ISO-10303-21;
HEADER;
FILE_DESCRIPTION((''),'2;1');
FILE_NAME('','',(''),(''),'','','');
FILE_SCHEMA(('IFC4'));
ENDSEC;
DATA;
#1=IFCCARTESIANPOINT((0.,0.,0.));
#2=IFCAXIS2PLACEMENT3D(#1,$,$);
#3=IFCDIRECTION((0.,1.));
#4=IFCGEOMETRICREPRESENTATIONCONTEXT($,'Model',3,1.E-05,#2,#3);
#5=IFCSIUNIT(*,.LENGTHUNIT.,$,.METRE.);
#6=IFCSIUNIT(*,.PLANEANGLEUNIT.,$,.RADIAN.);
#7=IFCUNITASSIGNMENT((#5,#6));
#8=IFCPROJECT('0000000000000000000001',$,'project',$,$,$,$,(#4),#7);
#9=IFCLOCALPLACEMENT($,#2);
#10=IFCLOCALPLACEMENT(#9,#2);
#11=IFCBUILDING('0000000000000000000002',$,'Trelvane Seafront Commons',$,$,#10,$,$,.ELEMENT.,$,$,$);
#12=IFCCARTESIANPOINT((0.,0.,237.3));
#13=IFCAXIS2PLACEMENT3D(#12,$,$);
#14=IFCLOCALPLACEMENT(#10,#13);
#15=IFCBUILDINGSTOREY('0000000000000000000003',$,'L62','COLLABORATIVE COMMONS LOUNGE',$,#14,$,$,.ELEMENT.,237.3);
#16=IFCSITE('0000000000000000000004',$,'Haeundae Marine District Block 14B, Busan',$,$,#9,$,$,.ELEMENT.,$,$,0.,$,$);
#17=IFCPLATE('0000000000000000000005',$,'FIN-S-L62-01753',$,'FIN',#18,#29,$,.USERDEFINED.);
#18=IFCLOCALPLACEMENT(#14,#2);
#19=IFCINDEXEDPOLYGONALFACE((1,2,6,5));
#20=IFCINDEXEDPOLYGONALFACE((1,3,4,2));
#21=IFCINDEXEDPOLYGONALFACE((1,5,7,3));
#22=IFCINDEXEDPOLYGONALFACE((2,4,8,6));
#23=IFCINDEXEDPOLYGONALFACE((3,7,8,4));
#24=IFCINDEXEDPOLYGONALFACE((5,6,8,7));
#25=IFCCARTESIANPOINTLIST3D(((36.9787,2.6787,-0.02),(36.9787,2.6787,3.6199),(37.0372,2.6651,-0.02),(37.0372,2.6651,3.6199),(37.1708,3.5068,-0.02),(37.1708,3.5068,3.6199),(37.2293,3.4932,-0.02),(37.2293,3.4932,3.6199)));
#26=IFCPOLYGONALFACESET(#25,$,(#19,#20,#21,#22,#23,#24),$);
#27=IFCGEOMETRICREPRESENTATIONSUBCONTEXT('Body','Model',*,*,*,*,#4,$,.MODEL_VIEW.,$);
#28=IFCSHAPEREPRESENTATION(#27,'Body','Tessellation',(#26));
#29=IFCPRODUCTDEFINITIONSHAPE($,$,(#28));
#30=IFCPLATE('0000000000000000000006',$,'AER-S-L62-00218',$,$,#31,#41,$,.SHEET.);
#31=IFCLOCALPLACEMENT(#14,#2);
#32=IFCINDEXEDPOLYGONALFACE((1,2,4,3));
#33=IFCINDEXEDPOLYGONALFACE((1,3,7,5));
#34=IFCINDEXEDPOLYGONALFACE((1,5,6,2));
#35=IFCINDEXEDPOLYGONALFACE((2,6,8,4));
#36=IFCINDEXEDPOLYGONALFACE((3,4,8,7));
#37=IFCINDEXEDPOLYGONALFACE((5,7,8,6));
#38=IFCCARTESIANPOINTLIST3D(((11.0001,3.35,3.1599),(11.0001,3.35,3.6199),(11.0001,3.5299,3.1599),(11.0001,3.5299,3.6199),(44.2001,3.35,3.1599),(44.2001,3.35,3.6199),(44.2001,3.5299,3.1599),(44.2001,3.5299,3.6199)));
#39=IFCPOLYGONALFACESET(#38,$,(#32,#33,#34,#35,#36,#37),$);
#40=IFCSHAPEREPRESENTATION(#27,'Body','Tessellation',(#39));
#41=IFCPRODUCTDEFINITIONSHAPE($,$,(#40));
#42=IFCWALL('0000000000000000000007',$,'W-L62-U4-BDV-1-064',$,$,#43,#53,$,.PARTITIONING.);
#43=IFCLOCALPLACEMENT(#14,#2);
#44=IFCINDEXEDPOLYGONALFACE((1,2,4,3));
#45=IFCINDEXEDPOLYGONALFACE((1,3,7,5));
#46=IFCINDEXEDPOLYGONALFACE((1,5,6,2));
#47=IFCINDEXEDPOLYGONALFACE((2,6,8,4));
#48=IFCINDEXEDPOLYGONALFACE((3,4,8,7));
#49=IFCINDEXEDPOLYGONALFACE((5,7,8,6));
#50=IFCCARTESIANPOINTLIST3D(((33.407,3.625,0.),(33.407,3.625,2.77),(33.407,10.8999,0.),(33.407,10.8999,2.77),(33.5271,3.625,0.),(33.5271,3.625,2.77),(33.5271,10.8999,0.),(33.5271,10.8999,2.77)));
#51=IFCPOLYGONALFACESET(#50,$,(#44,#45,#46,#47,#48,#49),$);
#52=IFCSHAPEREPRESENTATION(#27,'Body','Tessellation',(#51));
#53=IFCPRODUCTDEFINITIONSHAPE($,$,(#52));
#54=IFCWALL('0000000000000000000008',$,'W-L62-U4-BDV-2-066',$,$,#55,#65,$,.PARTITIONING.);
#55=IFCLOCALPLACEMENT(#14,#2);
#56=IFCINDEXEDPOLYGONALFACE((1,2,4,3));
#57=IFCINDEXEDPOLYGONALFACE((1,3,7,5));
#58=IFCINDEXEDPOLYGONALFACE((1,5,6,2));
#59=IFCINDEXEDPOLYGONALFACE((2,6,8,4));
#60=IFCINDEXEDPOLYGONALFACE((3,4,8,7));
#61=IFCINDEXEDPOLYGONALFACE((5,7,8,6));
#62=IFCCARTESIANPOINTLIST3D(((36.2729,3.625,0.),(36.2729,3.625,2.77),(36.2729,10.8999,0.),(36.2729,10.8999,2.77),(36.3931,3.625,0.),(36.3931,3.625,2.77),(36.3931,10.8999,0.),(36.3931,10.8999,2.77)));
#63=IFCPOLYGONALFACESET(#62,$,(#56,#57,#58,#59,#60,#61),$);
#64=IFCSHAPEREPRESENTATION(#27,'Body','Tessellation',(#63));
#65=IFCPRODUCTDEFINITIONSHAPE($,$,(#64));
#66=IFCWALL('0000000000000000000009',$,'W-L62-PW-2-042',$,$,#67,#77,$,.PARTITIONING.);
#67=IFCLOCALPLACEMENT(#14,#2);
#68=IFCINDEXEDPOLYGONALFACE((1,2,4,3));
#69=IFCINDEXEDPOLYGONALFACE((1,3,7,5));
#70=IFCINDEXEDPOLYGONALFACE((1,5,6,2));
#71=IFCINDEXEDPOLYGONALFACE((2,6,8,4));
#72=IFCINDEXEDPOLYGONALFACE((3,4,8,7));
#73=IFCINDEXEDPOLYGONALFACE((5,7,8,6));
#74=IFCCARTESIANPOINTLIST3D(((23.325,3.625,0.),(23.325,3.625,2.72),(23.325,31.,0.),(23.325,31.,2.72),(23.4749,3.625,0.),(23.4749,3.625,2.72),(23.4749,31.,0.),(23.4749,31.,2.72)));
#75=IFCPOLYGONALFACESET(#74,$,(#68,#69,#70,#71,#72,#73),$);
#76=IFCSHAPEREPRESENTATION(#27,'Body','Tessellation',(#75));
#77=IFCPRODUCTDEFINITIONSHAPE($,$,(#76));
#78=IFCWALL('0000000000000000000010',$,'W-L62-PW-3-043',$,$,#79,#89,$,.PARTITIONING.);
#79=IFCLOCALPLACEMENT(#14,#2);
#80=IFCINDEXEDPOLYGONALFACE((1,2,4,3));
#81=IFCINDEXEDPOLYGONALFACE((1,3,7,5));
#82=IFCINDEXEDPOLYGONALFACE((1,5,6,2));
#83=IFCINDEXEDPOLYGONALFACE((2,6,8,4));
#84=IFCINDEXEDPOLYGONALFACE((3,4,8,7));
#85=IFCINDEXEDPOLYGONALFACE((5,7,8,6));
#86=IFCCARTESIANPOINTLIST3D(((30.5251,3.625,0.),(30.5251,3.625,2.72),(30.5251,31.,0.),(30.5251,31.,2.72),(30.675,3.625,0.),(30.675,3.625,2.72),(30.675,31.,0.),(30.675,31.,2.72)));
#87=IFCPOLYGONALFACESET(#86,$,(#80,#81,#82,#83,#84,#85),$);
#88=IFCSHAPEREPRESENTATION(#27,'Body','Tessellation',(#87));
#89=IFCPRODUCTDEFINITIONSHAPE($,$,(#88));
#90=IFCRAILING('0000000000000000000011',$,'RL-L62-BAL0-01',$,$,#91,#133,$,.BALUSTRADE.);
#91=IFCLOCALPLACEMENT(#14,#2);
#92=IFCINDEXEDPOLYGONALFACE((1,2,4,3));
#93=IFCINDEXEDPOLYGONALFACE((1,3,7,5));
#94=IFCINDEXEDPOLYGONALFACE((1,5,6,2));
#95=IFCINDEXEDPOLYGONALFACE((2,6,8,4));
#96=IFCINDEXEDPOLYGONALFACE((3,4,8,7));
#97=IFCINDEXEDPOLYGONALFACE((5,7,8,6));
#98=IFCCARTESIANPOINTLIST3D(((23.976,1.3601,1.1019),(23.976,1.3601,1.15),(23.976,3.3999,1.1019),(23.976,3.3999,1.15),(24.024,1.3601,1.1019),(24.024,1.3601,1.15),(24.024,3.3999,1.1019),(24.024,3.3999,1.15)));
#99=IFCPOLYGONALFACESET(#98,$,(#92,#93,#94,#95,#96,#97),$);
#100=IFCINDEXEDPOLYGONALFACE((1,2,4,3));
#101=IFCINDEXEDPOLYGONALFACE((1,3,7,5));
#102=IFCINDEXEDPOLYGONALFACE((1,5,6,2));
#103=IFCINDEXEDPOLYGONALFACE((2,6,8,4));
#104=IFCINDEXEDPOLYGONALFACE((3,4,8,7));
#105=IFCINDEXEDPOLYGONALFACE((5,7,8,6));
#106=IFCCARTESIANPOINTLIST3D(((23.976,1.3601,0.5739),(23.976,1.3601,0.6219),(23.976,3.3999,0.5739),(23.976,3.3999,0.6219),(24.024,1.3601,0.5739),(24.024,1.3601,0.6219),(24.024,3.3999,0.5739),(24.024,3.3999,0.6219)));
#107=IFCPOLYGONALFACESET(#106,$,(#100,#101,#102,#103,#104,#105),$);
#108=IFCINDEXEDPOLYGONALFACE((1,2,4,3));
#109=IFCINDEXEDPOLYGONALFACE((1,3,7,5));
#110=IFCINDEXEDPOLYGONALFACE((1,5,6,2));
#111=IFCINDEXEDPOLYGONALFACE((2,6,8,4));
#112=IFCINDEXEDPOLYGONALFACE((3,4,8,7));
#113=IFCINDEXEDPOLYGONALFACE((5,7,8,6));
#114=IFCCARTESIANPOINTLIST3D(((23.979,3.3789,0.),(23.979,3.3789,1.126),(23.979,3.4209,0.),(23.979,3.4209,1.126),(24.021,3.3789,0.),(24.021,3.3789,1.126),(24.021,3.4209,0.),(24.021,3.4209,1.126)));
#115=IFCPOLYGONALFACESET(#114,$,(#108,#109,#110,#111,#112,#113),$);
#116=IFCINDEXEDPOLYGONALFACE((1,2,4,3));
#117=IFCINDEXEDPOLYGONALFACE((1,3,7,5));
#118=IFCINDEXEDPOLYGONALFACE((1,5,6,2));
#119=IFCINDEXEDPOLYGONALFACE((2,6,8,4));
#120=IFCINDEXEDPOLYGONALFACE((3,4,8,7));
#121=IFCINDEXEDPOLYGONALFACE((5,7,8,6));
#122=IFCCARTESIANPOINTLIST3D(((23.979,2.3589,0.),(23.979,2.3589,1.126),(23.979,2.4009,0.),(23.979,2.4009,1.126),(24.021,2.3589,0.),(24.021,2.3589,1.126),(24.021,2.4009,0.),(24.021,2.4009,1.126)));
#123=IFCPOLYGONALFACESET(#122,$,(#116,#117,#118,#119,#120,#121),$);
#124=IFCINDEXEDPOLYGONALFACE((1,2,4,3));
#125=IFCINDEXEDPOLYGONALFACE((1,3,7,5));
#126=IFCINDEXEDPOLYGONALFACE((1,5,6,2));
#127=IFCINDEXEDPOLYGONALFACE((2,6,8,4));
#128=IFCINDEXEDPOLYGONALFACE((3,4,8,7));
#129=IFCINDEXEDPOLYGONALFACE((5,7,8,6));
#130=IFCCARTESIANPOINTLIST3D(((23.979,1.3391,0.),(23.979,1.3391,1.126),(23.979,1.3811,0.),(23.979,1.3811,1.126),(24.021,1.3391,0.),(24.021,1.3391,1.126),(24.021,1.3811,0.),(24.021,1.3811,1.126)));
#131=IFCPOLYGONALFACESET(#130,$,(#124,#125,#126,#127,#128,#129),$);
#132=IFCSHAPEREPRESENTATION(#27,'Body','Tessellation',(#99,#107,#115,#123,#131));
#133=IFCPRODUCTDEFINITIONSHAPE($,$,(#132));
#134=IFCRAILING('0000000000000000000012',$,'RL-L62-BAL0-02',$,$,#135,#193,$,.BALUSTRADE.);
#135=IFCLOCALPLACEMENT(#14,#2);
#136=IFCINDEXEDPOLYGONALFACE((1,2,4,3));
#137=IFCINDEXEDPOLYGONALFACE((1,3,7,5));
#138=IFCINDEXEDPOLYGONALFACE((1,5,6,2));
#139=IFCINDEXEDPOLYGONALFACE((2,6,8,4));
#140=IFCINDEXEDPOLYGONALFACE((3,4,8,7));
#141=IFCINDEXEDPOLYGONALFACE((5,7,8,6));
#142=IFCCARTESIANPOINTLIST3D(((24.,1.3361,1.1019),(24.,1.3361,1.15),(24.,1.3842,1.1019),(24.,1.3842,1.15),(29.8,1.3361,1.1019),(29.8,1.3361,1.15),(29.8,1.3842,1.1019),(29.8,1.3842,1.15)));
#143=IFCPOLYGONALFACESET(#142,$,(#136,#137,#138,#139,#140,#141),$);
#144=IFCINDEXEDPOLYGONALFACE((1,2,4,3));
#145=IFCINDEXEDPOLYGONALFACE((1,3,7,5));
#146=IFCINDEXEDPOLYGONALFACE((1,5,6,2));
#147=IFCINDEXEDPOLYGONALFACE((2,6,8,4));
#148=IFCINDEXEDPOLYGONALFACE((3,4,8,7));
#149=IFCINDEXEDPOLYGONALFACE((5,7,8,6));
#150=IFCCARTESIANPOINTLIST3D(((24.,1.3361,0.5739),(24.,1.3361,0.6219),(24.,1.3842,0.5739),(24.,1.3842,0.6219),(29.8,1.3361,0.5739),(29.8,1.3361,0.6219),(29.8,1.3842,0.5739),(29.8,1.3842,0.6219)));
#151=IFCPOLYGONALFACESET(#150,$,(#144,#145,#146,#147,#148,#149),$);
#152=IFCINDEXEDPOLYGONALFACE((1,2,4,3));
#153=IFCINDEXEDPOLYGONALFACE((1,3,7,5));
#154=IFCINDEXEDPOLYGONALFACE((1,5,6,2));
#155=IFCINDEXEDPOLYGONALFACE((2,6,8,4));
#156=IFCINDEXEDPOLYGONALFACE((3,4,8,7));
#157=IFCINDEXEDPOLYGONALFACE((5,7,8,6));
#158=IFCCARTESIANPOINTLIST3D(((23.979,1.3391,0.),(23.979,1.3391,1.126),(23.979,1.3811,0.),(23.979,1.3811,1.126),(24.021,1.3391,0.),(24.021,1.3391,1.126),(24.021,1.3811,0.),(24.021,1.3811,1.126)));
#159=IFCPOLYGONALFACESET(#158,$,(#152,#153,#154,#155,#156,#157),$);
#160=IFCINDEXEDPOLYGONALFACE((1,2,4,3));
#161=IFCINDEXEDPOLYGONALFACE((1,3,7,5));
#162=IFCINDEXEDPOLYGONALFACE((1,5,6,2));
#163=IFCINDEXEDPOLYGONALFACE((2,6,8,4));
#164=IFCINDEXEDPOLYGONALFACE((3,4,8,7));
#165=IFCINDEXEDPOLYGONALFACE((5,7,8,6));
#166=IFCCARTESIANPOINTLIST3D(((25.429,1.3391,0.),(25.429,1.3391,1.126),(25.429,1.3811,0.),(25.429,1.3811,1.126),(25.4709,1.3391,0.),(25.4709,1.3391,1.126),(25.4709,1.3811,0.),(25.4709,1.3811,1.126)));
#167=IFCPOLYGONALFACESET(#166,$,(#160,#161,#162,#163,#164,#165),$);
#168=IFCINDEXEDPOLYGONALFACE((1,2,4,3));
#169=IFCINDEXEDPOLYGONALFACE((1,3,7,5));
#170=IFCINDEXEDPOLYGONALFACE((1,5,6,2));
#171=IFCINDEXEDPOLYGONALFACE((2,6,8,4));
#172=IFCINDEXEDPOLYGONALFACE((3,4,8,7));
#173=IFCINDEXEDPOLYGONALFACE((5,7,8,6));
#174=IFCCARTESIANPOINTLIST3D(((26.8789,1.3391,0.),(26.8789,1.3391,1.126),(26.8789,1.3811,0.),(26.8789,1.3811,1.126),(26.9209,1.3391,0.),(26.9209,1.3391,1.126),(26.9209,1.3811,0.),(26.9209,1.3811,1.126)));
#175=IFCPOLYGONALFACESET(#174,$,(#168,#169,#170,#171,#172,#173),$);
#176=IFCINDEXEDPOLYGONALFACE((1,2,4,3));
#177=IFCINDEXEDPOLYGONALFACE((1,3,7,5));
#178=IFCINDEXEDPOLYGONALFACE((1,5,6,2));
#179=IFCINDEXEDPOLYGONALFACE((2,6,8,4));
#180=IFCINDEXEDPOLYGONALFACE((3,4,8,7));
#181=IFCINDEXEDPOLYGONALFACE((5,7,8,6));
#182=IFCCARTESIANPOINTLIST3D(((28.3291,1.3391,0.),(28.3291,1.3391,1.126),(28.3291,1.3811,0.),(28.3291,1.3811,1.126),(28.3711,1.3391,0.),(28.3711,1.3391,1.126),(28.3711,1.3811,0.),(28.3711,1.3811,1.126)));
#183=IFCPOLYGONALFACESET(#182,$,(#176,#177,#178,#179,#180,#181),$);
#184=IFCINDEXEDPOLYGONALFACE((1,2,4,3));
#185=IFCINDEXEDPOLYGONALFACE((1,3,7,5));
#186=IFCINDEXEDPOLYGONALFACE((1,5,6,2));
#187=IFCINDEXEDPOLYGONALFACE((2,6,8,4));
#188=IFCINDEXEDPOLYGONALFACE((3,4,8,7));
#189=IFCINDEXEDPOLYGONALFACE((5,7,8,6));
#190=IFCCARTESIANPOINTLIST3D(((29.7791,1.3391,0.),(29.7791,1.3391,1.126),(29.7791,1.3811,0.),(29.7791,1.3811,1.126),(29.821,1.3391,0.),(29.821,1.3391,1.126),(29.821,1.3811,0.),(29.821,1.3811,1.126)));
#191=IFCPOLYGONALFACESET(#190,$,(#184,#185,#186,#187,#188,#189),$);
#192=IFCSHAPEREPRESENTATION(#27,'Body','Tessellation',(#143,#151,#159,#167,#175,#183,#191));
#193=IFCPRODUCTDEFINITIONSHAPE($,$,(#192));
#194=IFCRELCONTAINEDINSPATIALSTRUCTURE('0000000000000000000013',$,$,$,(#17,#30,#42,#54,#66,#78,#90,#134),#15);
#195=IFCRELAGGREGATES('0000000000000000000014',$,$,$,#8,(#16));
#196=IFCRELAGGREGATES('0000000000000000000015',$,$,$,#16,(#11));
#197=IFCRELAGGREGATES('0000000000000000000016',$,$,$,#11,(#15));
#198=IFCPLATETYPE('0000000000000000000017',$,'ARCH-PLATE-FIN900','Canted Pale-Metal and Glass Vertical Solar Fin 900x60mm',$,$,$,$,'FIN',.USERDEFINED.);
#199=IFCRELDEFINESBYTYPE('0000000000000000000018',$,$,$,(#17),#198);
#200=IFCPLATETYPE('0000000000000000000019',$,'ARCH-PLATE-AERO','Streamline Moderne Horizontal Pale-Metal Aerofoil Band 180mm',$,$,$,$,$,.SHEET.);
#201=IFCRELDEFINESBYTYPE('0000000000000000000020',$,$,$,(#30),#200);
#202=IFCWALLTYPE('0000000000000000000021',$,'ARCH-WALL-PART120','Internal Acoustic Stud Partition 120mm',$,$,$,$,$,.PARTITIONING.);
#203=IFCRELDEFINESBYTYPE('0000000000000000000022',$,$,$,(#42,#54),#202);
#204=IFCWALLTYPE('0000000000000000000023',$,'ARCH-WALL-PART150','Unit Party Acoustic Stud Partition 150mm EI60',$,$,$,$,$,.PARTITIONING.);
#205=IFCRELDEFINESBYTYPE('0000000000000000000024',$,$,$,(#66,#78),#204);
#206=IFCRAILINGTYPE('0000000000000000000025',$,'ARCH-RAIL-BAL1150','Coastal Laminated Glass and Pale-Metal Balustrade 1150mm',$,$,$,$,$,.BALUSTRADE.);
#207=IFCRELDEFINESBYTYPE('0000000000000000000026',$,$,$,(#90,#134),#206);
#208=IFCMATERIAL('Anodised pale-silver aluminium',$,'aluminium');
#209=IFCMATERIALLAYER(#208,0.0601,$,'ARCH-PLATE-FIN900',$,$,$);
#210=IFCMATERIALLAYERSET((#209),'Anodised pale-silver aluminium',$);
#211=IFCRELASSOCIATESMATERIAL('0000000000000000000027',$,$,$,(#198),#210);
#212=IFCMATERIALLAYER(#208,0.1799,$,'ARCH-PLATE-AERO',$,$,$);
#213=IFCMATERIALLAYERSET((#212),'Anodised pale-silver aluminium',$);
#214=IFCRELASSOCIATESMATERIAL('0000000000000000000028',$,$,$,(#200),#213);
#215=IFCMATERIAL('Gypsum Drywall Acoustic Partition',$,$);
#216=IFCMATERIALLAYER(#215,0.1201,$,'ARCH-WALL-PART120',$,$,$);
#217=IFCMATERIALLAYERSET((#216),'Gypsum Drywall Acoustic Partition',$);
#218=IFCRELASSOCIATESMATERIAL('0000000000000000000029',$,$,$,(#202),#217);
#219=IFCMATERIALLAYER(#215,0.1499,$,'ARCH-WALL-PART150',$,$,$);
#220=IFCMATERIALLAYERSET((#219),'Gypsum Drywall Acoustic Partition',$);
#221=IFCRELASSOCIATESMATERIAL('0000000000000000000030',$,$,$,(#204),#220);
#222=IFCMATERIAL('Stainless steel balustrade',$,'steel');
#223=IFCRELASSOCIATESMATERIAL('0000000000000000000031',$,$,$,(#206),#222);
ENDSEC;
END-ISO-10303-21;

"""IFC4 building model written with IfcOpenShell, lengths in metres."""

from ifc_helpers import new_model, si_unit, direction, frame, frame_2d, origin, origin_2d, place, context, subcontext, project, spatial, rectangle, extrude, source, transform, mapped, material, layer, layer_set, type_object, element, save


model = new_model("IFC4")

# Units and contexts
model_context = context("Model", 3, precision=1e-05, world=origin(), true_north=direction((0.0, 1.0)))
body_context = subcontext(model_context, "Body", "Model", "MODEL_VIEW")
ifc_project = project(units=[si_unit("LENGTHUNIT", "METRE"), si_unit("PLANEANGLEUNIT", "RADIAN")], contexts=[model_context])

# Site, building, storey
site_placement = place(None, origin())
site = spatial("IfcSite", under=ifc_project, at=site_placement, Name="Haeundae Marine District Block 14B, Busan", CompositionType="ELEMENT", RefElevation=0.0)
building_placement = place(site_placement, origin())
building = spatial("IfcBuilding", under=site, at=building_placement, Name="Trelvane Seafront Commons", CompositionType="ELEMENT")
storey_placement = place(building_placement, frame((0.0, 0.0, 237.3)))
storey = spatial("IfcBuildingStorey", under=building, at=storey_placement, Name="L62", Description="COLLABORATIVE COMMONS LOUNGE", CompositionType="ELEMENT", Elevation=237.3)

# Plates
ifc_material_1 = material(Name="Anodised pale-silver aluminium", Category="aluminium")
ifc_layer_1 = layer(ifc_material_1, 0.0601, Name="ARCH-PLATE-FIN900")
ifc_layer_set_1 = layer_set([ifc_layer_1], Name="Anodised pale-silver aluminium")
plate_type_1 = type_object("IfcPlateType", Name="ARCH-PLATE-FIN900", Description="Canted Pale-Metal and Glass Vertical Solar Fin 900x60mm", ElementType="FIN", PredefinedType="USERDEFINED", material=ifc_layer_set_1)
shared_shape_1 = source(origin(), body_context, "Body", "SweptSolid", [
    extrude(rectangle(XDim=0.8501, YDim=0.0601, at=origin_2d()), origin(), (0.0, 0.0, 1.0), 3.6399),
])
for number, where, z_axis, x_axis, name in (
    (1, (37.104, 3.0859, -0.02), (0.0, 0.0, 1.0), (-0.226002, -0.974127, 0.0), "FIN-S-L62-01753"),
):
    element("IfcPlate", number, at=place(storey_placement, frame(where, z_axis=z_axis, x_axis=x_axis)), inside=storey, type_object=plate_type_1, Name=name, ObjectType="FIN", PredefinedType="USERDEFINED", context=body_context, shape_type="MappedRepresentation", body=[
        mapped(shared_shape_1, transform((0.0, 0.0, 0.0), x_axis=(1.0, 0.0, 0.0), y_axis=(0.0, 1.0, 0.0), z_axis=(0.0, 0.0, 1.0), scale=1.0)),
    ])
ifc_layer_2 = layer(ifc_material_1, 0.1799, Name="ARCH-PLATE-AERO")
ifc_layer_set_2 = layer_set([ifc_layer_2], Name="Anodised pale-silver aluminium")
plate_type_2 = type_object("IfcPlateType", Name="ARCH-PLATE-AERO", Description="Streamline Moderne Horizontal Pale-Metal Aerofoil Band 180mm", PredefinedType="SHEET", material=ifc_layer_set_2)
shared_shape_2 = source(origin(), body_context, "Body", "SweptSolid", [
    extrude(rectangle(XDim=33.2, YDim=0.1799, at=origin_2d()), origin(), (0.0, 0.0, 1.0), 0.46),
])
plate_1_placement = place(storey_placement, frame((27.6001, 3.4399, 3.1599), z_axis=(0.0, 0.0, 1.0), x_axis=(-1.0, 0.0, 0.0)))
element("IfcPlate", 2, at=plate_1_placement, inside=storey, type_object=plate_type_2, Name="AER-S-L62-00218", PredefinedType="SHEET", context=body_context, shape_type="MappedRepresentation", body=[
    mapped(shared_shape_2, transform((0.0, 0.0, 0.0), x_axis=(1.0, 0.0, 0.0), y_axis=(0.0, 1.0, 0.0), z_axis=(0.0, 0.0, 1.0), scale=1.0)),
])

# Shared definitions
ifc_material_2 = material(Name="Gypsum Drywall Acoustic Partition")
ifc_layer_3 = layer(ifc_material_2, 0.1201, Name="ARCH-WALL-PART120")
ifc_layer_set_3 = layer_set([ifc_layer_3], Name="Gypsum Drywall Acoustic Partition")
wall_type_1 = type_object("IfcWallType", Name="ARCH-WALL-PART120", Description="Internal Acoustic Stud Partition 120mm", PredefinedType="PARTITIONING", material=ifc_layer_set_3)

# Wall
wall_1_placement = place(storey_placement, frame((33.467, 3.625, 0.0), z_axis=(0.0, 0.0, 1.0), x_axis=(0.0, 1.0, 0.0)))
element("IfcWall", 3, at=wall_1_placement, inside=storey, type_object=wall_type_1, Name="W-L62-U4-BDV-1-064", PredefinedType="PARTITIONING", context=body_context, shape_type="SweptSolid", body=[
    extrude(rectangle(XDim=7.2749, YDim=0.1201, at=frame_2d((3.6375, 0.0))), origin(), (0.0, 0.0, 1.0), 2.77),
])

# Walls
wall_2_placement = place(storey_placement, frame((36.333, 3.625, 0.0), z_axis=(0.0, 0.0, 1.0), x_axis=(0.0, 1.0, 0.0)))
element("IfcWall", 4, at=wall_2_placement, inside=storey, type_object=wall_type_1, Name="W-L62-U4-BDV-2-066", PredefinedType="PARTITIONING", context=body_context, shape_type="SweptSolid", body=[
    extrude(rectangle(XDim=7.2749, YDim=0.1201, at=frame_2d((3.6375, 0.0))), origin(), (0.0, 0.0, 1.0), 2.77),
])
ifc_layer_4 = layer(ifc_material_2, 0.1499, Name="ARCH-WALL-PART150")
ifc_layer_set_4 = layer_set([ifc_layer_4], Name="Gypsum Drywall Acoustic Partition")
wall_type_2 = type_object("IfcWallType", Name="ARCH-WALL-PART150", Description="Unit Party Acoustic Stud Partition 150mm EI60", PredefinedType="PARTITIONING", material=ifc_layer_set_4)
for number, where, z_axis, x_axis, name in (
    (5, (23.3999, 3.625, 0.0), (0.0, 0.0, 1.0), (0.0, 1.0, 0.0), "W-L62-PW-2-042"),
    (6, (30.6001, 3.625, 0.0), (0.0, 0.0, 1.0), (0.0, 1.0, 0.0), "W-L62-PW-3-043"),
):
    element("IfcWall", number, at=place(storey_placement, frame(where, z_axis=z_axis, x_axis=x_axis)), inside=storey, type_object=wall_type_2, Name=name, PredefinedType="PARTITIONING", context=body_context, shape_type="SweptSolid", body=[
        extrude(rectangle(XDim=27.375, YDim=0.1499, at=frame_2d((13.6875, 0.0))), origin(), (0.0, 0.0, 1.0), 2.72),
    ])

# Railings
ifc_material_3 = material(Name="Stainless steel balustrade", Category="steel")
railing_type = type_object("IfcRailingType", Name="ARCH-RAIL-BAL1150", Description="Coastal Laminated Glass and Pale-Metal Balustrade 1150mm", PredefinedType="BALUSTRADE", material=ifc_material_3)
railing_1_placement = place(storey_placement, frame((24.0, 3.3999, 0.0)))
element("IfcRailing", 7, at=railing_1_placement, inside=storey, type_object=railing_type, Name="RL-L62-BAL0-01", PredefinedType="BALUSTRADE", context=body_context, shape_type="SweptSolid", body=[
    extrude(rectangle(XDim=0.0481, YDim=0.0481, at=origin_2d()), frame((0.0, 0.0, 1.126), z_axis=(0.0, -1.0, 0.0), x_axis=(1.0, 0.0, 0.0)), (0.0, 0.0, 1.0), 2.0398),
    extrude(rectangle(XDim=0.0481, YDim=0.0481, at=origin_2d()), frame((0.0, 0.0, 0.5979), z_axis=(0.0, -1.0, 0.0), x_axis=(1.0, 0.0, 0.0)), (0.0, 0.0, 1.0), 2.0398),
    extrude(rectangle(XDim=0.042, YDim=0.042, at=origin_2d()), origin(), (0.0, 0.0, 1.0), 1.126),
    extrude(rectangle(XDim=0.042, YDim=0.042, at=origin_2d()), frame((0.0, -1.02, 0.0)), (0.0, 0.0, 1.0), 1.126),
    extrude(rectangle(XDim=0.042, YDim=0.042, at=origin_2d()), frame((0.0, -2.0398, 0.0)), (0.0, 0.0, 1.0), 1.126),
])
railing_2_placement = place(storey_placement, frame((24.0, 1.3601, 0.0)))
element("IfcRailing", 8, at=railing_2_placement, inside=storey, type_object=railing_type, Name="RL-L62-BAL0-02", PredefinedType="BALUSTRADE", context=body_context, shape_type="SweptSolid", body=[
    extrude(rectangle(XDim=0.0481, YDim=0.0481, at=origin_2d()), frame((0.0, 0.0, 1.126), z_axis=(1.0, 0.0, 0.0), x_axis=(0.0, 1.0, 0.0)), (0.0, 0.0, 1.0), 5.8),
    extrude(rectangle(XDim=0.0481, YDim=0.0481, at=origin_2d()), frame((0.0, 0.0, 0.5979), z_axis=(1.0, 0.0, 0.0), x_axis=(0.0, 1.0, 0.0)), (0.0, 0.0, 1.0), 5.8),
    extrude(rectangle(XDim=0.042, YDim=0.042, at=origin_2d()), origin(), (0.0, 0.0, 1.0), 1.126),
    extrude(rectangle(XDim=0.042, YDim=0.042, at=origin_2d()), frame((1.45, 0.0, 0.0)), (0.0, 0.0, 1.0), 1.126),
    extrude(rectangle(XDim=0.042, YDim=0.042, at=origin_2d()), frame((2.8999, 0.0, 0.0)), (0.0, 0.0, 1.0), 1.126),
    extrude(rectangle(XDim=0.042, YDim=0.042, at=origin_2d()), frame((4.3501, 0.0, 0.0)), (0.0, 0.0, 1.0), 1.126),
    extrude(rectangle(XDim=0.042, YDim=0.042, at=origin_2d()), frame((5.8, 0.0, 0.0)), (0.0, 0.0, 1.0), 1.126),
])

save(model, "model.ifc")
